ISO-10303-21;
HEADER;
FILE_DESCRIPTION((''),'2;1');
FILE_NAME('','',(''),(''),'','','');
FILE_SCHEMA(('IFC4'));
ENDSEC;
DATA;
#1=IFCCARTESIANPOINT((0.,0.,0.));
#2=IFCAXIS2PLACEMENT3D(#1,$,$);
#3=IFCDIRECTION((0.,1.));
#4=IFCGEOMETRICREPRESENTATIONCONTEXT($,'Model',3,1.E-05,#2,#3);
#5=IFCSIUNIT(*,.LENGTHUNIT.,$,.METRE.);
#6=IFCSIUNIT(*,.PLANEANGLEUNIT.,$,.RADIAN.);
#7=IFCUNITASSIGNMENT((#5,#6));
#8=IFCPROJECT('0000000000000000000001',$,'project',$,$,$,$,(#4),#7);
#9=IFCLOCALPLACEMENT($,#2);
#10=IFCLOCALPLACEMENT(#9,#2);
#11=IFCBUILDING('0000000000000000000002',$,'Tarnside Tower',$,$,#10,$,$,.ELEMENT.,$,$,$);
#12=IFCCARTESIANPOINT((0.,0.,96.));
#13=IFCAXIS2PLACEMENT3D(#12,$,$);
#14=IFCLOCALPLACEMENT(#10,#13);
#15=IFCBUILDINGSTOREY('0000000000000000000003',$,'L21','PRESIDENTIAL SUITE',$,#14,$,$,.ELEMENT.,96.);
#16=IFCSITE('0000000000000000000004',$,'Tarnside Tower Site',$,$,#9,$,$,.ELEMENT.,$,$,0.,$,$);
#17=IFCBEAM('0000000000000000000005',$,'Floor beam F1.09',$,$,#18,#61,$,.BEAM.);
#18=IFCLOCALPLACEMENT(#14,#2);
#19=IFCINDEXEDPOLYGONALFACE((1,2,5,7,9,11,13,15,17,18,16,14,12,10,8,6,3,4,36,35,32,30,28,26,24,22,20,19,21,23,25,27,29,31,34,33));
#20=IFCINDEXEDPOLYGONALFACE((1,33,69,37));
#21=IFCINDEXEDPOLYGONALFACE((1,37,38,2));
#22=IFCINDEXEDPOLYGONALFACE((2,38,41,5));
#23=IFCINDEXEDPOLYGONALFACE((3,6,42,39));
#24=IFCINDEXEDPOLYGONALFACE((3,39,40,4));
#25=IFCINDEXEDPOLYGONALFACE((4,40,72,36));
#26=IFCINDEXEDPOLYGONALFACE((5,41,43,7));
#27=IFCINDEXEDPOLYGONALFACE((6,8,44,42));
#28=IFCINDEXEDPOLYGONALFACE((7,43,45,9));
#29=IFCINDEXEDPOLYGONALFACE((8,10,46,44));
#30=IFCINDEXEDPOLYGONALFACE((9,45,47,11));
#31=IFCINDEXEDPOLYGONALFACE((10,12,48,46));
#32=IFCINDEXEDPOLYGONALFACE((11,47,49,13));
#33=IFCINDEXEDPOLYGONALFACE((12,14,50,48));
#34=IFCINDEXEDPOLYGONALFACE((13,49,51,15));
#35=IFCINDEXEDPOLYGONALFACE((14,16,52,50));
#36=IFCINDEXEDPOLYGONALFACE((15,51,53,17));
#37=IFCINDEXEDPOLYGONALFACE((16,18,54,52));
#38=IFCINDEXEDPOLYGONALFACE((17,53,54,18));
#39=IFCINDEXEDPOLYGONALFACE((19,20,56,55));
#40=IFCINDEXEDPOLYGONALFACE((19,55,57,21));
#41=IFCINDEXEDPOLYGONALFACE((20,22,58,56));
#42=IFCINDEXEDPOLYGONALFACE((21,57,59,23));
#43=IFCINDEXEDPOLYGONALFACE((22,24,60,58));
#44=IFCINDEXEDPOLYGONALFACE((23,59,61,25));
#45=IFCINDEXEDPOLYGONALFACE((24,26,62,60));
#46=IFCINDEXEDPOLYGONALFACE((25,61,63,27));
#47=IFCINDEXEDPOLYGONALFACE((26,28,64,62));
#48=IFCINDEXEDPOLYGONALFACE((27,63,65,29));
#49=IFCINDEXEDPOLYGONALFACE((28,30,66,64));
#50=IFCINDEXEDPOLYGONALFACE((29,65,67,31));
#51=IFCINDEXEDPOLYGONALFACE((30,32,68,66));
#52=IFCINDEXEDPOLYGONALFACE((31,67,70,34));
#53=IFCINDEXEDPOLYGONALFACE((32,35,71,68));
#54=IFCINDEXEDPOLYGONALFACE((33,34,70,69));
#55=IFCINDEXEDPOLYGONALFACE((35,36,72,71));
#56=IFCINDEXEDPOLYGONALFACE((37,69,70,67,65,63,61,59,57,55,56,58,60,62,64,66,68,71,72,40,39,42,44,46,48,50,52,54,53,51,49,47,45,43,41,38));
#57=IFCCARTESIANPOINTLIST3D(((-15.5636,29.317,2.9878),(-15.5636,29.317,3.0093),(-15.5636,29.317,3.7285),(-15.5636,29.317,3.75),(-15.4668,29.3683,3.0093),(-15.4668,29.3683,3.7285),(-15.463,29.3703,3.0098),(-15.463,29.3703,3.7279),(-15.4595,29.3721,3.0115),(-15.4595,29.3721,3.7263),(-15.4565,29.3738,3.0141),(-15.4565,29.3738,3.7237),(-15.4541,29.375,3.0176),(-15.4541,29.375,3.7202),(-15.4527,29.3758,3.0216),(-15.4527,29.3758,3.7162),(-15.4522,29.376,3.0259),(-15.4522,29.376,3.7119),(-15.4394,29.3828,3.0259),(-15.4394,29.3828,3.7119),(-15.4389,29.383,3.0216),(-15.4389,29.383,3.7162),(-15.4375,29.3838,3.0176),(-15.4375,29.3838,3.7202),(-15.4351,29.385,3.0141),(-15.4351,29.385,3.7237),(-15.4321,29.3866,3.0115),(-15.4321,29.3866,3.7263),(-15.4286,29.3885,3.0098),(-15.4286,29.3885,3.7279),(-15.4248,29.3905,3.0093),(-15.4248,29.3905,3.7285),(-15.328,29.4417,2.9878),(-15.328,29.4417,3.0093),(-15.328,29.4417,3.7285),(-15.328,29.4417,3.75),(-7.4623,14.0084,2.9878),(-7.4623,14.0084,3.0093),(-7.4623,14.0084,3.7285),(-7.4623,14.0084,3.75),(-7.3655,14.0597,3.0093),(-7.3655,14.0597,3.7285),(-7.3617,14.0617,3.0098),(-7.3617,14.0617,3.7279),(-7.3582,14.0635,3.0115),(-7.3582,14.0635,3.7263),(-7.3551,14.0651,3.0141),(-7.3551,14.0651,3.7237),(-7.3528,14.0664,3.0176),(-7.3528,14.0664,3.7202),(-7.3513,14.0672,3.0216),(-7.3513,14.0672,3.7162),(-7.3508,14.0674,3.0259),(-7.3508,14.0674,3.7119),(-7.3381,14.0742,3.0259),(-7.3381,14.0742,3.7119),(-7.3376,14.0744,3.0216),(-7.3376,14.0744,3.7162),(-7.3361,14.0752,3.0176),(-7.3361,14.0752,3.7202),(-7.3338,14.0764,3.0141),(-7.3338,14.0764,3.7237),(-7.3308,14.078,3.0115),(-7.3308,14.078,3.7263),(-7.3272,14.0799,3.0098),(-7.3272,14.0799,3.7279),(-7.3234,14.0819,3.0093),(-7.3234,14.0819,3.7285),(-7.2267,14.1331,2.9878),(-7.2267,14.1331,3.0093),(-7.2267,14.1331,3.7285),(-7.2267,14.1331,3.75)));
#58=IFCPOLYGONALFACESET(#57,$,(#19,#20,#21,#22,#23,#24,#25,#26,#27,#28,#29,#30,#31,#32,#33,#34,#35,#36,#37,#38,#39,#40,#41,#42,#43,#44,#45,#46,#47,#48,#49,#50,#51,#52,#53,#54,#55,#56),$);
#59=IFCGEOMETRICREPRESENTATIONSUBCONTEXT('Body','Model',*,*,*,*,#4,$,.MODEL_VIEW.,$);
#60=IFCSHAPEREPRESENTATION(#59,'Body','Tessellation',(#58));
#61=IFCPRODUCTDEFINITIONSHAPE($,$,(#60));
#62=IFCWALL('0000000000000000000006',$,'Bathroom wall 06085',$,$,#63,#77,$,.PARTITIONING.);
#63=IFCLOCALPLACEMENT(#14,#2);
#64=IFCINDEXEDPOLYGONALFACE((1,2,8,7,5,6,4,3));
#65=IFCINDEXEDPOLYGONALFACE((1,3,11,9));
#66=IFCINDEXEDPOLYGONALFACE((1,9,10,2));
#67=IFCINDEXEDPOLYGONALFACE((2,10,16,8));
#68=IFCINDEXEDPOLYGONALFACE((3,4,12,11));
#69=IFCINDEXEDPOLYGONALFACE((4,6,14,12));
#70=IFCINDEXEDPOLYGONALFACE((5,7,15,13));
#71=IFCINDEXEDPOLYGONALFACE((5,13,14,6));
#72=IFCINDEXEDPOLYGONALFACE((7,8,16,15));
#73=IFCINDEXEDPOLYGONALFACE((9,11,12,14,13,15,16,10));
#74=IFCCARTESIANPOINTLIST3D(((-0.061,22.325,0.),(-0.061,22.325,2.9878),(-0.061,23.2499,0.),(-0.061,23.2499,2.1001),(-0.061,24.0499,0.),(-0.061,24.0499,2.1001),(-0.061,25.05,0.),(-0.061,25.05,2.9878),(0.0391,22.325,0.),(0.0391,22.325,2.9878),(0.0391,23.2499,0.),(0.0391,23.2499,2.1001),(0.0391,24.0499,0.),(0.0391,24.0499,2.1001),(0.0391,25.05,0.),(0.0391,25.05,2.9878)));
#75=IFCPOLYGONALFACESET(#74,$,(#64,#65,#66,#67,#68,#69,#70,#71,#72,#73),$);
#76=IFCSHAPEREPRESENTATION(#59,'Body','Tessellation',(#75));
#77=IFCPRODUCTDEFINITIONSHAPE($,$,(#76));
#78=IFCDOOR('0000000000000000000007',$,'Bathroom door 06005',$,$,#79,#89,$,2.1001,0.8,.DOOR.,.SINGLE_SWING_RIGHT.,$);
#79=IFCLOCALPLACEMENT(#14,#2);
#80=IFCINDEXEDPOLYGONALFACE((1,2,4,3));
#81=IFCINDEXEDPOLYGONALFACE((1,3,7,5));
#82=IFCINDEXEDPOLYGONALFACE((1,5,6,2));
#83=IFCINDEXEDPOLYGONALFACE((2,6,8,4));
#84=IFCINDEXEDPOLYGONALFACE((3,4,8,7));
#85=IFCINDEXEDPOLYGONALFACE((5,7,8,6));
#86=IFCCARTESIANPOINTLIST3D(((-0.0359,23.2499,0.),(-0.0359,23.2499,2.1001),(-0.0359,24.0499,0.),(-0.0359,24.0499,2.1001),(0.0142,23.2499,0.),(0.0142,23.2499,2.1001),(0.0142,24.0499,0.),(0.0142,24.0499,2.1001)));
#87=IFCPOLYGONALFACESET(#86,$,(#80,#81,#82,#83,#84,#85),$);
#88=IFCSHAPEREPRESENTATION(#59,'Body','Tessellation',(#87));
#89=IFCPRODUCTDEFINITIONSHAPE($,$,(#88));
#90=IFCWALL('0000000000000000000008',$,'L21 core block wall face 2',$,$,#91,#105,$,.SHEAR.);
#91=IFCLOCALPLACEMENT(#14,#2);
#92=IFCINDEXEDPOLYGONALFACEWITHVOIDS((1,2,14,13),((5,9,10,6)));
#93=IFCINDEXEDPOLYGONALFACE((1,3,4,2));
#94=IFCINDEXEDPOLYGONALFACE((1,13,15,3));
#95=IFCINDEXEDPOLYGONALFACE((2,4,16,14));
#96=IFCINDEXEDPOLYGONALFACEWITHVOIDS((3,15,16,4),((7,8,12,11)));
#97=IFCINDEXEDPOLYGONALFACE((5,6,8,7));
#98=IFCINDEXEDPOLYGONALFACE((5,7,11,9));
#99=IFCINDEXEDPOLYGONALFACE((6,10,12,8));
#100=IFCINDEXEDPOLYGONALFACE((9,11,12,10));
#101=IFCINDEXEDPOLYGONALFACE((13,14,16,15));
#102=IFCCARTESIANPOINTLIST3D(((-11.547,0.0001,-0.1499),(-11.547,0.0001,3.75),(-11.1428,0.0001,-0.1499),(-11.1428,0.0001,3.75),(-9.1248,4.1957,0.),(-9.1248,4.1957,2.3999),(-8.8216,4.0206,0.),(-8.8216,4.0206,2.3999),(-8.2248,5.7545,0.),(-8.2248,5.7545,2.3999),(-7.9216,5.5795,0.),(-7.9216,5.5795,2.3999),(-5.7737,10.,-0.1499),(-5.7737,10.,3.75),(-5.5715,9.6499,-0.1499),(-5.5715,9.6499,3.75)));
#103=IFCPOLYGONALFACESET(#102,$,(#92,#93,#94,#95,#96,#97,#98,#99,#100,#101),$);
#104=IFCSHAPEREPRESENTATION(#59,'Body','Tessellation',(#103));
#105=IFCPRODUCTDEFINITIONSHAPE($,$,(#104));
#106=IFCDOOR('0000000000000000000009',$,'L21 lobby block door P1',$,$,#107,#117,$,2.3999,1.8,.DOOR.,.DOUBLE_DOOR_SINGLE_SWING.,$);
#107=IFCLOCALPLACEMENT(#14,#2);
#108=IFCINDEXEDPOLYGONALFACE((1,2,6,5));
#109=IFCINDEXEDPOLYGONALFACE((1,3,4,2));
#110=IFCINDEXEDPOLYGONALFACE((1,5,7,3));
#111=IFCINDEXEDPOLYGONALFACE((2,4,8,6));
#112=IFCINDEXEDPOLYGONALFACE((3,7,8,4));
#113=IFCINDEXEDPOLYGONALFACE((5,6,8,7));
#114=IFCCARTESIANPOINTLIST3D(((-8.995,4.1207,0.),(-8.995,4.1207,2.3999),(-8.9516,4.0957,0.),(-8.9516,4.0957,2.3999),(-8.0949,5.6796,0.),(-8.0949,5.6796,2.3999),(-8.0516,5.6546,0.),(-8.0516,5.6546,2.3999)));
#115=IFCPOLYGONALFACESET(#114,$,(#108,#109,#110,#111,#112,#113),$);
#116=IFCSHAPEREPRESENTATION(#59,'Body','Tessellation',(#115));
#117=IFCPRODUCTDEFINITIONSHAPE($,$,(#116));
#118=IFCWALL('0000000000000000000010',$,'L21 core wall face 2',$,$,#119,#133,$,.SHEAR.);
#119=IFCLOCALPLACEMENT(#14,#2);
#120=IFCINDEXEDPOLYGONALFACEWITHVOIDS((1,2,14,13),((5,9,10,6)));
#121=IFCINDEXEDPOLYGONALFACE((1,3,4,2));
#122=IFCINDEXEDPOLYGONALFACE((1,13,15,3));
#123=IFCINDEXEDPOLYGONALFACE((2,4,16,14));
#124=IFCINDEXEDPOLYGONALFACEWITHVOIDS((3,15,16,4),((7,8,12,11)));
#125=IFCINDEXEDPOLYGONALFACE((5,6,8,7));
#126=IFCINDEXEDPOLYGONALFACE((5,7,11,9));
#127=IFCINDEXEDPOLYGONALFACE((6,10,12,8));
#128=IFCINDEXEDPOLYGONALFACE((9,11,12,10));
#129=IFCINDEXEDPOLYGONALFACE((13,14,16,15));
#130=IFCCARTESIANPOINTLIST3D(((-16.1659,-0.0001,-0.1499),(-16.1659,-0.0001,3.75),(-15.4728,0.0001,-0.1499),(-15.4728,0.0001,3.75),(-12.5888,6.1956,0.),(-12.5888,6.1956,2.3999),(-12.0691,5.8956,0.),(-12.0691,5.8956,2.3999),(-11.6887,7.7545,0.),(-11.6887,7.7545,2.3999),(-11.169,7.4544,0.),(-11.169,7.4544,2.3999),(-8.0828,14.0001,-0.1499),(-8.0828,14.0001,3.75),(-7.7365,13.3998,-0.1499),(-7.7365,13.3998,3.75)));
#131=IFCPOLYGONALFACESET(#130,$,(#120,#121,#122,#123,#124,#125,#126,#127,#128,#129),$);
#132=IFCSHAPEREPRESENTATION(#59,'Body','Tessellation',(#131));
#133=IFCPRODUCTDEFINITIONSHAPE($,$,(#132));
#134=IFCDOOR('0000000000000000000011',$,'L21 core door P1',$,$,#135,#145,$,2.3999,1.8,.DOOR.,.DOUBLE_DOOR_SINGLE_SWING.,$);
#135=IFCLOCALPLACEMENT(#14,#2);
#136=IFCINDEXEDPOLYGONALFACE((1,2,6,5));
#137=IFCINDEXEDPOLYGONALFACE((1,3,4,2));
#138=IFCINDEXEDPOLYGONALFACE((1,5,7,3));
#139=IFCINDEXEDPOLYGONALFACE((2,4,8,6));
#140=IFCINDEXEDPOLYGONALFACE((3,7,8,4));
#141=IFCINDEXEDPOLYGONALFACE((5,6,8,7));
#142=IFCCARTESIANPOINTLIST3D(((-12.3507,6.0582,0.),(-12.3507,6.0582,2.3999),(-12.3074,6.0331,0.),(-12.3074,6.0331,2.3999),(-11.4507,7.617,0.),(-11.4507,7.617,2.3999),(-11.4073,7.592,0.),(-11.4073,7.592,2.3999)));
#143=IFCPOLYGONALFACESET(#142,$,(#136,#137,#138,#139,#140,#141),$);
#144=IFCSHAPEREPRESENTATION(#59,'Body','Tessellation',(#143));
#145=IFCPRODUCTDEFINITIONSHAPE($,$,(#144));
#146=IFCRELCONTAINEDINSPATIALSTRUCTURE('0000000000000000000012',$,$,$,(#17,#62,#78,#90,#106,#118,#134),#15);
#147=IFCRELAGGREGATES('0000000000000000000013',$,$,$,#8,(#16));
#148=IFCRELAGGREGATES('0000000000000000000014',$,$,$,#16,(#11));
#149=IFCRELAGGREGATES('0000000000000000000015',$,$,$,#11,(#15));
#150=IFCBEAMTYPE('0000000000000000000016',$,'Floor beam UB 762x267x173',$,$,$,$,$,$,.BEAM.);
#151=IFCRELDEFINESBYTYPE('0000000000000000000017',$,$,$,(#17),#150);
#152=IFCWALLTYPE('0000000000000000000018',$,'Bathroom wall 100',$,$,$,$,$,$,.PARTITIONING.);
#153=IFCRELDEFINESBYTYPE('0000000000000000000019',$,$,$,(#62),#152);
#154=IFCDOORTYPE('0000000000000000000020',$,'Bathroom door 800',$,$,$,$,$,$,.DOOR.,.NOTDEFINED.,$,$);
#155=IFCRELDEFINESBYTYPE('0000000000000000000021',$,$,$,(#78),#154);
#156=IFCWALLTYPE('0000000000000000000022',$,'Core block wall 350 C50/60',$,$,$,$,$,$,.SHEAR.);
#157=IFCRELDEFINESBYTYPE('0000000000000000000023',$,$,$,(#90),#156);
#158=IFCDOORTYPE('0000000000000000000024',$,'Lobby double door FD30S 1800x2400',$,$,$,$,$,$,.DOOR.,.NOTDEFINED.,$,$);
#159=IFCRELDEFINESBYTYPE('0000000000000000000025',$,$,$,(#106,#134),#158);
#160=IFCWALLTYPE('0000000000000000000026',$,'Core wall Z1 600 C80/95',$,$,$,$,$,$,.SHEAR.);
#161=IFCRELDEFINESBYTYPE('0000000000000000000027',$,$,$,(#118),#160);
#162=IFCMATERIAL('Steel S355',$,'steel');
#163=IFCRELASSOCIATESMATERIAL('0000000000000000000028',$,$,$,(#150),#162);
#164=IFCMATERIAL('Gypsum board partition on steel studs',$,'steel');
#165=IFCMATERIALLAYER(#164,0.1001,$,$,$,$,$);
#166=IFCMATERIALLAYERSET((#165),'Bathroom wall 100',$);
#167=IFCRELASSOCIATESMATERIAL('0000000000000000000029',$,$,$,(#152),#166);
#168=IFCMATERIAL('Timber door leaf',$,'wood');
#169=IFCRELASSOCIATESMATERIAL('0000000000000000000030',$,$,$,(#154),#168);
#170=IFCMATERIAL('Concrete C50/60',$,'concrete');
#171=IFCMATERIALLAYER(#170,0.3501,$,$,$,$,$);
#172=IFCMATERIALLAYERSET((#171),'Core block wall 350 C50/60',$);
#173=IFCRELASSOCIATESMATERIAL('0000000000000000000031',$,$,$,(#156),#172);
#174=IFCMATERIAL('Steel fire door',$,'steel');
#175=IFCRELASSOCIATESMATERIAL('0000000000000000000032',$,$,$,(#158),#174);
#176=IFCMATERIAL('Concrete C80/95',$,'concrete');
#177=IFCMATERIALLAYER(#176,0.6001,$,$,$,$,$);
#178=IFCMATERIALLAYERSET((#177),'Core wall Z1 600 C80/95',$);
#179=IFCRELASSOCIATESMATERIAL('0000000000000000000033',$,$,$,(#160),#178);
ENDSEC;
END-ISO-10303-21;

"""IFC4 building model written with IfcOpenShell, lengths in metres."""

from ifc_helpers import new_model, si_unit, direction, frame, frame_2d, origin, origin_2d, place, context, subcontext, project, spatial, polyline, rectangle, i_section, outline, extrude, material, layer, layer_set, material_profile, profile_set, type_object, element, fill, save


model = new_model("IFC4")

# Units and contexts
model_context = context("Model", 3, precision=1e-05, world=origin(), true_north=direction((0.0, 1.0)))
body_context = subcontext(model_context, "Body", "Model", "MODEL_VIEW")
ifc_project = project(units=[si_unit("LENGTHUNIT", "METRE"), si_unit("PLANEANGLEUNIT", "RADIAN")], contexts=[model_context])

# Site, building, storey
site_placement = place(None, origin())
site = spatial("IfcSite", under=ifc_project, at=site_placement, Name="Tarnside Tower Site", CompositionType="ELEMENT", RefElevation=0.0)
building_placement = place(site_placement, origin())
building = spatial("IfcBuilding", under=site, at=building_placement, Name="Tarnside Tower", CompositionType="ELEMENT")
storey_placement = place(building_placement, frame((0.0, 0.0, 96.0)))
storey = spatial("IfcBuildingStorey", under=building, at=storey_placement, Name="L21", Description="PRESIDENTIAL SUITE", CompositionType="ELEMENT", Elevation=96.0)

# Beam
ifc_material_1 = material(Name="Steel S355", Category="steel")
ifc_material_profile_1 = material_profile(ifc_material_1, i_section(OverallWidth=0.2666, OverallDepth=0.7622, WebThickness=0.0144, FlangeThickness=0.0215, FilletRadius=0.0166, at=origin_2d()), Name="UB 762x267x173")
ifc_profile_set_1 = profile_set([ifc_material_profile_1], Name="Steel S355")
beam_type_1 = type_object("IfcBeamType", Name="Floor beam UB 762x267x173", PredefinedType="BEAM", material=ifc_profile_set_1)
beam_1_placement = place(storey_placement, frame((-15.4458, 29.3794, 3.3689), z_axis=(0.467742, -0.883865, 0.0), x_axis=(0.883865, 0.467742, 0.0)))
element("IfcBeam", 1, at=beam_1_placement, inside=storey, type_object=beam_type_1, Name="Floor beam F1.09", PredefinedType="BEAM", context=body_context, shape_type="SweptSolid", body=[
    extrude(i_section(OverallWidth=0.2666, OverallDepth=0.7622, WebThickness=0.0144, FlangeThickness=0.0215, FilletRadius=0.0166, at=origin_2d()), origin(), (0.0, 0.0, 1.0), 17.3201),
])

# Walls, openings, doors
ifc_material_2 = material(Name="Gypsum board partition on steel studs", Category="steel")
ifc_layer_1 = layer(ifc_material_2, 0.1001)
ifc_layer_set_1 = layer_set([ifc_layer_1], Name="Bathroom wall 100")
wall_type_1 = type_object("IfcWallType", Name="Bathroom wall 100", PredefinedType="PARTITIONING", material=ifc_layer_set_1)
wall_1_placement = place(storey_placement, frame((-0.011, 22.325, 0.0), z_axis=(0.0, 0.0, 1.0), x_axis=(0.0, 1.0, 0.0)))
wall_1 = element("IfcWall", 2, at=wall_1_placement, inside=storey, type_object=wall_type_1, Name="Bathroom wall 06085", PredefinedType="PARTITIONING", context=body_context, shape_type="SweptSolid", body=[
    extrude(rectangle(XDim=2.7251, YDim=0.1001, at=frame_2d((1.3625, 0.0))), origin(), (0.0, 0.0, 1.0), 2.9878),
])
opening_1_placement = place(wall_1_placement, frame((0.925, 0.0, 0.0)))
opening_1 = element("IfcOpeningElement", 3, at=opening_1_placement, cuts=wall_1, PredefinedType="OPENING", context=body_context, shape_type="SweptSolid", body=[
    extrude(rectangle(XDim=0.8, YDim=2.1001, at=frame_2d((0.3999, 1.05))), frame((0.0, 0.0601, 0.0), z_axis=(0.0, -1.0, 0.0), x_axis=(1.0, 0.0, 0.0)), (0.0, 0.0, 1.0), 0.1201),
])
ifc_material_3 = material(Name="Timber door leaf", Category="wood")
door_type_1 = type_object("IfcDoorType", Name="Bathroom door 800", OperationType="NOTDEFINED", PredefinedType="DOOR", material=ifc_material_3)
door_1_placement = place(opening_1_placement, origin())
door_1 = element("IfcDoor", 4, at=door_1_placement, inside=storey, type_object=door_type_1, Name="Bathroom door 06005", OperationType="SINGLE_SWING_RIGHT", OverallHeight=2.1001, OverallWidth=0.8, PredefinedType="DOOR", context=body_context, shape_type="SweptSolid", body=[
    extrude(rectangle(XDim=0.8, YDim=2.1001, at=frame_2d((0.3999, 1.05))), frame((0.0, 0.0249, 0.0), z_axis=(0.0, -1.0, 0.0), x_axis=(1.0, 0.0, 0.0)), (0.0, 0.0, 1.0), 0.05),
])
fill(opening_1, door_1)
ifc_material_4 = material(Name="Concrete C50/60", Category="concrete")
ifc_layer_2 = layer(ifc_material_4, 0.3501)
ifc_layer_set_2 = layer_set([ifc_layer_2], Name="Core block wall 350 C50/60")
wall_type_2 = type_object("IfcWallType", Name="Core block wall 350 C50/60", PredefinedType="SHEAR", material=ifc_layer_set_2)
wall_2_placement = place(storey_placement, frame((-5.6726, 9.825, -0.1499), z_axis=(0.0, 0.0, 1.0), x_axis=(-0.499995, -0.866028, 0.0)))
wall_2 = element("IfcWall", 5, at=wall_2_placement, inside=storey, type_object=wall_type_2, Name="L21 core block wall face 2", PredefinedType="SHEAR", context=body_context, shape_type="SweptSolid", body=[
    extrude(outline(polyline([(-0.1011, -0.175), (11.4458, -0.175), (11.2437, 0.175), (0.1011, 0.175), (-0.1011, -0.175)])), origin(), (0.0, 0.0, 1.0), 3.8999),
])
opening_2_placement = place(wall_2_placement, frame((4.8013, 0.0, 0.1499)))
opening_2 = element("IfcOpeningElement", 6, at=opening_2_placement, cuts=wall_2, PredefinedType="OPENING", context=body_context, shape_type="SweptSolid", body=[
    extrude(rectangle(XDim=1.8, YDim=2.3999, at=frame_2d((0.8999, 1.2))), frame((0.0, 0.1851, 0.0), z_axis=(0.0, -1.0, 0.0), x_axis=(1.0, 0.0, 0.0)), (0.0, 0.0, 1.0), 0.3701),
])
ifc_material_5 = material(Name="Steel fire door", Category="steel")
door_type_2 = type_object("IfcDoorType", Name="Lobby double door FD30S 1800x2400", OperationType="NOTDEFINED", PredefinedType="DOOR", material=ifc_material_5)
door_2_placement = place(opening_2_placement, origin())
door_2 = element("IfcDoor", 7, at=door_2_placement, inside=storey, type_object=door_type_2, Name="L21 lobby block door P1", OperationType="DOUBLE_DOOR_SINGLE_SWING", OverallHeight=2.3999, OverallWidth=1.8, PredefinedType="DOOR", context=body_context, shape_type="SweptSolid", body=[
    extrude(rectangle(XDim=1.8, YDim=2.3999, at=frame_2d((0.8999, 1.2))), frame((0.0, 0.0249, 0.0), z_axis=(0.0, -1.0, 0.0), x_axis=(1.0, 0.0, 0.0)), (0.0, 0.0, 1.0), 0.05),
])
fill(opening_2, door_2)
ifc_material_6 = material(Name="Concrete C80/95", Category="concrete")
ifc_layer_3 = layer(ifc_material_6, 0.6001)
ifc_layer_set_3 = layer_set([ifc_layer_3], Name="Core wall Z1 600 C80/95")
wall_type_3 = type_object("IfcWallType", Name="Core wall Z1 600 C80/95", PredefinedType="SHEAR", material=ifc_layer_set_3)
wall_3_placement = place(storey_placement, frame((-7.9097, 13.7, -0.1499), z_axis=(0.0, 0.0, 1.0), x_axis=(-0.5, -0.866025, 0.0)))
wall_3 = element("IfcWall", 8, at=wall_3_placement, inside=storey, type_object=wall_type_3, Name="L21 core wall face 2", PredefinedType="SHEAR", context=body_context, shape_type="SweptSolid", body=[
    extrude(outline(polyline([(-0.1733, -0.3), (15.9927, -0.3), (15.646, 0.3), (0.1733, 0.3), (-0.1733, -0.3)])), origin(), (0.0, 0.0, 1.0), 3.8999),
])
opening_3_placement = place(wall_3_placement, frame((7.0386, 0.0, 0.1499)))
opening_3 = element("IfcOpeningElement", 9, at=opening_3_placement, cuts=wall_3, PredefinedType="OPENING", context=body_context, shape_type="SweptSolid", body=[
    extrude(rectangle(XDim=1.8, YDim=2.3999, at=frame_2d((0.8999, 1.2))), frame((0.0, 0.3101, 0.0), z_axis=(0.0, -1.0, 0.0), x_axis=(1.0, 0.0, 0.0)), (0.0, 0.0, 1.0), 0.6201),
])
door_3_placement = place(opening_3_placement, origin())
door_3 = element("IfcDoor", 10, at=door_3_placement, inside=storey, type_object=door_type_2, Name="L21 core door P1", OperationType="DOUBLE_DOOR_SINGLE_SWING", OverallHeight=2.3999, OverallWidth=1.8, PredefinedType="DOOR", context=body_context, shape_type="SweptSolid", body=[
    extrude(rectangle(XDim=1.8, YDim=2.3999, at=frame_2d((0.8999, 1.2))), frame((0.0, 0.0249, 0.0), z_axis=(0.0, -1.0, 0.0), x_axis=(1.0, 0.0, 0.0)), (0.0, 0.0, 1.0), 0.05),
])
fill(opening_3, door_3)

save(model, "model.ifc")
